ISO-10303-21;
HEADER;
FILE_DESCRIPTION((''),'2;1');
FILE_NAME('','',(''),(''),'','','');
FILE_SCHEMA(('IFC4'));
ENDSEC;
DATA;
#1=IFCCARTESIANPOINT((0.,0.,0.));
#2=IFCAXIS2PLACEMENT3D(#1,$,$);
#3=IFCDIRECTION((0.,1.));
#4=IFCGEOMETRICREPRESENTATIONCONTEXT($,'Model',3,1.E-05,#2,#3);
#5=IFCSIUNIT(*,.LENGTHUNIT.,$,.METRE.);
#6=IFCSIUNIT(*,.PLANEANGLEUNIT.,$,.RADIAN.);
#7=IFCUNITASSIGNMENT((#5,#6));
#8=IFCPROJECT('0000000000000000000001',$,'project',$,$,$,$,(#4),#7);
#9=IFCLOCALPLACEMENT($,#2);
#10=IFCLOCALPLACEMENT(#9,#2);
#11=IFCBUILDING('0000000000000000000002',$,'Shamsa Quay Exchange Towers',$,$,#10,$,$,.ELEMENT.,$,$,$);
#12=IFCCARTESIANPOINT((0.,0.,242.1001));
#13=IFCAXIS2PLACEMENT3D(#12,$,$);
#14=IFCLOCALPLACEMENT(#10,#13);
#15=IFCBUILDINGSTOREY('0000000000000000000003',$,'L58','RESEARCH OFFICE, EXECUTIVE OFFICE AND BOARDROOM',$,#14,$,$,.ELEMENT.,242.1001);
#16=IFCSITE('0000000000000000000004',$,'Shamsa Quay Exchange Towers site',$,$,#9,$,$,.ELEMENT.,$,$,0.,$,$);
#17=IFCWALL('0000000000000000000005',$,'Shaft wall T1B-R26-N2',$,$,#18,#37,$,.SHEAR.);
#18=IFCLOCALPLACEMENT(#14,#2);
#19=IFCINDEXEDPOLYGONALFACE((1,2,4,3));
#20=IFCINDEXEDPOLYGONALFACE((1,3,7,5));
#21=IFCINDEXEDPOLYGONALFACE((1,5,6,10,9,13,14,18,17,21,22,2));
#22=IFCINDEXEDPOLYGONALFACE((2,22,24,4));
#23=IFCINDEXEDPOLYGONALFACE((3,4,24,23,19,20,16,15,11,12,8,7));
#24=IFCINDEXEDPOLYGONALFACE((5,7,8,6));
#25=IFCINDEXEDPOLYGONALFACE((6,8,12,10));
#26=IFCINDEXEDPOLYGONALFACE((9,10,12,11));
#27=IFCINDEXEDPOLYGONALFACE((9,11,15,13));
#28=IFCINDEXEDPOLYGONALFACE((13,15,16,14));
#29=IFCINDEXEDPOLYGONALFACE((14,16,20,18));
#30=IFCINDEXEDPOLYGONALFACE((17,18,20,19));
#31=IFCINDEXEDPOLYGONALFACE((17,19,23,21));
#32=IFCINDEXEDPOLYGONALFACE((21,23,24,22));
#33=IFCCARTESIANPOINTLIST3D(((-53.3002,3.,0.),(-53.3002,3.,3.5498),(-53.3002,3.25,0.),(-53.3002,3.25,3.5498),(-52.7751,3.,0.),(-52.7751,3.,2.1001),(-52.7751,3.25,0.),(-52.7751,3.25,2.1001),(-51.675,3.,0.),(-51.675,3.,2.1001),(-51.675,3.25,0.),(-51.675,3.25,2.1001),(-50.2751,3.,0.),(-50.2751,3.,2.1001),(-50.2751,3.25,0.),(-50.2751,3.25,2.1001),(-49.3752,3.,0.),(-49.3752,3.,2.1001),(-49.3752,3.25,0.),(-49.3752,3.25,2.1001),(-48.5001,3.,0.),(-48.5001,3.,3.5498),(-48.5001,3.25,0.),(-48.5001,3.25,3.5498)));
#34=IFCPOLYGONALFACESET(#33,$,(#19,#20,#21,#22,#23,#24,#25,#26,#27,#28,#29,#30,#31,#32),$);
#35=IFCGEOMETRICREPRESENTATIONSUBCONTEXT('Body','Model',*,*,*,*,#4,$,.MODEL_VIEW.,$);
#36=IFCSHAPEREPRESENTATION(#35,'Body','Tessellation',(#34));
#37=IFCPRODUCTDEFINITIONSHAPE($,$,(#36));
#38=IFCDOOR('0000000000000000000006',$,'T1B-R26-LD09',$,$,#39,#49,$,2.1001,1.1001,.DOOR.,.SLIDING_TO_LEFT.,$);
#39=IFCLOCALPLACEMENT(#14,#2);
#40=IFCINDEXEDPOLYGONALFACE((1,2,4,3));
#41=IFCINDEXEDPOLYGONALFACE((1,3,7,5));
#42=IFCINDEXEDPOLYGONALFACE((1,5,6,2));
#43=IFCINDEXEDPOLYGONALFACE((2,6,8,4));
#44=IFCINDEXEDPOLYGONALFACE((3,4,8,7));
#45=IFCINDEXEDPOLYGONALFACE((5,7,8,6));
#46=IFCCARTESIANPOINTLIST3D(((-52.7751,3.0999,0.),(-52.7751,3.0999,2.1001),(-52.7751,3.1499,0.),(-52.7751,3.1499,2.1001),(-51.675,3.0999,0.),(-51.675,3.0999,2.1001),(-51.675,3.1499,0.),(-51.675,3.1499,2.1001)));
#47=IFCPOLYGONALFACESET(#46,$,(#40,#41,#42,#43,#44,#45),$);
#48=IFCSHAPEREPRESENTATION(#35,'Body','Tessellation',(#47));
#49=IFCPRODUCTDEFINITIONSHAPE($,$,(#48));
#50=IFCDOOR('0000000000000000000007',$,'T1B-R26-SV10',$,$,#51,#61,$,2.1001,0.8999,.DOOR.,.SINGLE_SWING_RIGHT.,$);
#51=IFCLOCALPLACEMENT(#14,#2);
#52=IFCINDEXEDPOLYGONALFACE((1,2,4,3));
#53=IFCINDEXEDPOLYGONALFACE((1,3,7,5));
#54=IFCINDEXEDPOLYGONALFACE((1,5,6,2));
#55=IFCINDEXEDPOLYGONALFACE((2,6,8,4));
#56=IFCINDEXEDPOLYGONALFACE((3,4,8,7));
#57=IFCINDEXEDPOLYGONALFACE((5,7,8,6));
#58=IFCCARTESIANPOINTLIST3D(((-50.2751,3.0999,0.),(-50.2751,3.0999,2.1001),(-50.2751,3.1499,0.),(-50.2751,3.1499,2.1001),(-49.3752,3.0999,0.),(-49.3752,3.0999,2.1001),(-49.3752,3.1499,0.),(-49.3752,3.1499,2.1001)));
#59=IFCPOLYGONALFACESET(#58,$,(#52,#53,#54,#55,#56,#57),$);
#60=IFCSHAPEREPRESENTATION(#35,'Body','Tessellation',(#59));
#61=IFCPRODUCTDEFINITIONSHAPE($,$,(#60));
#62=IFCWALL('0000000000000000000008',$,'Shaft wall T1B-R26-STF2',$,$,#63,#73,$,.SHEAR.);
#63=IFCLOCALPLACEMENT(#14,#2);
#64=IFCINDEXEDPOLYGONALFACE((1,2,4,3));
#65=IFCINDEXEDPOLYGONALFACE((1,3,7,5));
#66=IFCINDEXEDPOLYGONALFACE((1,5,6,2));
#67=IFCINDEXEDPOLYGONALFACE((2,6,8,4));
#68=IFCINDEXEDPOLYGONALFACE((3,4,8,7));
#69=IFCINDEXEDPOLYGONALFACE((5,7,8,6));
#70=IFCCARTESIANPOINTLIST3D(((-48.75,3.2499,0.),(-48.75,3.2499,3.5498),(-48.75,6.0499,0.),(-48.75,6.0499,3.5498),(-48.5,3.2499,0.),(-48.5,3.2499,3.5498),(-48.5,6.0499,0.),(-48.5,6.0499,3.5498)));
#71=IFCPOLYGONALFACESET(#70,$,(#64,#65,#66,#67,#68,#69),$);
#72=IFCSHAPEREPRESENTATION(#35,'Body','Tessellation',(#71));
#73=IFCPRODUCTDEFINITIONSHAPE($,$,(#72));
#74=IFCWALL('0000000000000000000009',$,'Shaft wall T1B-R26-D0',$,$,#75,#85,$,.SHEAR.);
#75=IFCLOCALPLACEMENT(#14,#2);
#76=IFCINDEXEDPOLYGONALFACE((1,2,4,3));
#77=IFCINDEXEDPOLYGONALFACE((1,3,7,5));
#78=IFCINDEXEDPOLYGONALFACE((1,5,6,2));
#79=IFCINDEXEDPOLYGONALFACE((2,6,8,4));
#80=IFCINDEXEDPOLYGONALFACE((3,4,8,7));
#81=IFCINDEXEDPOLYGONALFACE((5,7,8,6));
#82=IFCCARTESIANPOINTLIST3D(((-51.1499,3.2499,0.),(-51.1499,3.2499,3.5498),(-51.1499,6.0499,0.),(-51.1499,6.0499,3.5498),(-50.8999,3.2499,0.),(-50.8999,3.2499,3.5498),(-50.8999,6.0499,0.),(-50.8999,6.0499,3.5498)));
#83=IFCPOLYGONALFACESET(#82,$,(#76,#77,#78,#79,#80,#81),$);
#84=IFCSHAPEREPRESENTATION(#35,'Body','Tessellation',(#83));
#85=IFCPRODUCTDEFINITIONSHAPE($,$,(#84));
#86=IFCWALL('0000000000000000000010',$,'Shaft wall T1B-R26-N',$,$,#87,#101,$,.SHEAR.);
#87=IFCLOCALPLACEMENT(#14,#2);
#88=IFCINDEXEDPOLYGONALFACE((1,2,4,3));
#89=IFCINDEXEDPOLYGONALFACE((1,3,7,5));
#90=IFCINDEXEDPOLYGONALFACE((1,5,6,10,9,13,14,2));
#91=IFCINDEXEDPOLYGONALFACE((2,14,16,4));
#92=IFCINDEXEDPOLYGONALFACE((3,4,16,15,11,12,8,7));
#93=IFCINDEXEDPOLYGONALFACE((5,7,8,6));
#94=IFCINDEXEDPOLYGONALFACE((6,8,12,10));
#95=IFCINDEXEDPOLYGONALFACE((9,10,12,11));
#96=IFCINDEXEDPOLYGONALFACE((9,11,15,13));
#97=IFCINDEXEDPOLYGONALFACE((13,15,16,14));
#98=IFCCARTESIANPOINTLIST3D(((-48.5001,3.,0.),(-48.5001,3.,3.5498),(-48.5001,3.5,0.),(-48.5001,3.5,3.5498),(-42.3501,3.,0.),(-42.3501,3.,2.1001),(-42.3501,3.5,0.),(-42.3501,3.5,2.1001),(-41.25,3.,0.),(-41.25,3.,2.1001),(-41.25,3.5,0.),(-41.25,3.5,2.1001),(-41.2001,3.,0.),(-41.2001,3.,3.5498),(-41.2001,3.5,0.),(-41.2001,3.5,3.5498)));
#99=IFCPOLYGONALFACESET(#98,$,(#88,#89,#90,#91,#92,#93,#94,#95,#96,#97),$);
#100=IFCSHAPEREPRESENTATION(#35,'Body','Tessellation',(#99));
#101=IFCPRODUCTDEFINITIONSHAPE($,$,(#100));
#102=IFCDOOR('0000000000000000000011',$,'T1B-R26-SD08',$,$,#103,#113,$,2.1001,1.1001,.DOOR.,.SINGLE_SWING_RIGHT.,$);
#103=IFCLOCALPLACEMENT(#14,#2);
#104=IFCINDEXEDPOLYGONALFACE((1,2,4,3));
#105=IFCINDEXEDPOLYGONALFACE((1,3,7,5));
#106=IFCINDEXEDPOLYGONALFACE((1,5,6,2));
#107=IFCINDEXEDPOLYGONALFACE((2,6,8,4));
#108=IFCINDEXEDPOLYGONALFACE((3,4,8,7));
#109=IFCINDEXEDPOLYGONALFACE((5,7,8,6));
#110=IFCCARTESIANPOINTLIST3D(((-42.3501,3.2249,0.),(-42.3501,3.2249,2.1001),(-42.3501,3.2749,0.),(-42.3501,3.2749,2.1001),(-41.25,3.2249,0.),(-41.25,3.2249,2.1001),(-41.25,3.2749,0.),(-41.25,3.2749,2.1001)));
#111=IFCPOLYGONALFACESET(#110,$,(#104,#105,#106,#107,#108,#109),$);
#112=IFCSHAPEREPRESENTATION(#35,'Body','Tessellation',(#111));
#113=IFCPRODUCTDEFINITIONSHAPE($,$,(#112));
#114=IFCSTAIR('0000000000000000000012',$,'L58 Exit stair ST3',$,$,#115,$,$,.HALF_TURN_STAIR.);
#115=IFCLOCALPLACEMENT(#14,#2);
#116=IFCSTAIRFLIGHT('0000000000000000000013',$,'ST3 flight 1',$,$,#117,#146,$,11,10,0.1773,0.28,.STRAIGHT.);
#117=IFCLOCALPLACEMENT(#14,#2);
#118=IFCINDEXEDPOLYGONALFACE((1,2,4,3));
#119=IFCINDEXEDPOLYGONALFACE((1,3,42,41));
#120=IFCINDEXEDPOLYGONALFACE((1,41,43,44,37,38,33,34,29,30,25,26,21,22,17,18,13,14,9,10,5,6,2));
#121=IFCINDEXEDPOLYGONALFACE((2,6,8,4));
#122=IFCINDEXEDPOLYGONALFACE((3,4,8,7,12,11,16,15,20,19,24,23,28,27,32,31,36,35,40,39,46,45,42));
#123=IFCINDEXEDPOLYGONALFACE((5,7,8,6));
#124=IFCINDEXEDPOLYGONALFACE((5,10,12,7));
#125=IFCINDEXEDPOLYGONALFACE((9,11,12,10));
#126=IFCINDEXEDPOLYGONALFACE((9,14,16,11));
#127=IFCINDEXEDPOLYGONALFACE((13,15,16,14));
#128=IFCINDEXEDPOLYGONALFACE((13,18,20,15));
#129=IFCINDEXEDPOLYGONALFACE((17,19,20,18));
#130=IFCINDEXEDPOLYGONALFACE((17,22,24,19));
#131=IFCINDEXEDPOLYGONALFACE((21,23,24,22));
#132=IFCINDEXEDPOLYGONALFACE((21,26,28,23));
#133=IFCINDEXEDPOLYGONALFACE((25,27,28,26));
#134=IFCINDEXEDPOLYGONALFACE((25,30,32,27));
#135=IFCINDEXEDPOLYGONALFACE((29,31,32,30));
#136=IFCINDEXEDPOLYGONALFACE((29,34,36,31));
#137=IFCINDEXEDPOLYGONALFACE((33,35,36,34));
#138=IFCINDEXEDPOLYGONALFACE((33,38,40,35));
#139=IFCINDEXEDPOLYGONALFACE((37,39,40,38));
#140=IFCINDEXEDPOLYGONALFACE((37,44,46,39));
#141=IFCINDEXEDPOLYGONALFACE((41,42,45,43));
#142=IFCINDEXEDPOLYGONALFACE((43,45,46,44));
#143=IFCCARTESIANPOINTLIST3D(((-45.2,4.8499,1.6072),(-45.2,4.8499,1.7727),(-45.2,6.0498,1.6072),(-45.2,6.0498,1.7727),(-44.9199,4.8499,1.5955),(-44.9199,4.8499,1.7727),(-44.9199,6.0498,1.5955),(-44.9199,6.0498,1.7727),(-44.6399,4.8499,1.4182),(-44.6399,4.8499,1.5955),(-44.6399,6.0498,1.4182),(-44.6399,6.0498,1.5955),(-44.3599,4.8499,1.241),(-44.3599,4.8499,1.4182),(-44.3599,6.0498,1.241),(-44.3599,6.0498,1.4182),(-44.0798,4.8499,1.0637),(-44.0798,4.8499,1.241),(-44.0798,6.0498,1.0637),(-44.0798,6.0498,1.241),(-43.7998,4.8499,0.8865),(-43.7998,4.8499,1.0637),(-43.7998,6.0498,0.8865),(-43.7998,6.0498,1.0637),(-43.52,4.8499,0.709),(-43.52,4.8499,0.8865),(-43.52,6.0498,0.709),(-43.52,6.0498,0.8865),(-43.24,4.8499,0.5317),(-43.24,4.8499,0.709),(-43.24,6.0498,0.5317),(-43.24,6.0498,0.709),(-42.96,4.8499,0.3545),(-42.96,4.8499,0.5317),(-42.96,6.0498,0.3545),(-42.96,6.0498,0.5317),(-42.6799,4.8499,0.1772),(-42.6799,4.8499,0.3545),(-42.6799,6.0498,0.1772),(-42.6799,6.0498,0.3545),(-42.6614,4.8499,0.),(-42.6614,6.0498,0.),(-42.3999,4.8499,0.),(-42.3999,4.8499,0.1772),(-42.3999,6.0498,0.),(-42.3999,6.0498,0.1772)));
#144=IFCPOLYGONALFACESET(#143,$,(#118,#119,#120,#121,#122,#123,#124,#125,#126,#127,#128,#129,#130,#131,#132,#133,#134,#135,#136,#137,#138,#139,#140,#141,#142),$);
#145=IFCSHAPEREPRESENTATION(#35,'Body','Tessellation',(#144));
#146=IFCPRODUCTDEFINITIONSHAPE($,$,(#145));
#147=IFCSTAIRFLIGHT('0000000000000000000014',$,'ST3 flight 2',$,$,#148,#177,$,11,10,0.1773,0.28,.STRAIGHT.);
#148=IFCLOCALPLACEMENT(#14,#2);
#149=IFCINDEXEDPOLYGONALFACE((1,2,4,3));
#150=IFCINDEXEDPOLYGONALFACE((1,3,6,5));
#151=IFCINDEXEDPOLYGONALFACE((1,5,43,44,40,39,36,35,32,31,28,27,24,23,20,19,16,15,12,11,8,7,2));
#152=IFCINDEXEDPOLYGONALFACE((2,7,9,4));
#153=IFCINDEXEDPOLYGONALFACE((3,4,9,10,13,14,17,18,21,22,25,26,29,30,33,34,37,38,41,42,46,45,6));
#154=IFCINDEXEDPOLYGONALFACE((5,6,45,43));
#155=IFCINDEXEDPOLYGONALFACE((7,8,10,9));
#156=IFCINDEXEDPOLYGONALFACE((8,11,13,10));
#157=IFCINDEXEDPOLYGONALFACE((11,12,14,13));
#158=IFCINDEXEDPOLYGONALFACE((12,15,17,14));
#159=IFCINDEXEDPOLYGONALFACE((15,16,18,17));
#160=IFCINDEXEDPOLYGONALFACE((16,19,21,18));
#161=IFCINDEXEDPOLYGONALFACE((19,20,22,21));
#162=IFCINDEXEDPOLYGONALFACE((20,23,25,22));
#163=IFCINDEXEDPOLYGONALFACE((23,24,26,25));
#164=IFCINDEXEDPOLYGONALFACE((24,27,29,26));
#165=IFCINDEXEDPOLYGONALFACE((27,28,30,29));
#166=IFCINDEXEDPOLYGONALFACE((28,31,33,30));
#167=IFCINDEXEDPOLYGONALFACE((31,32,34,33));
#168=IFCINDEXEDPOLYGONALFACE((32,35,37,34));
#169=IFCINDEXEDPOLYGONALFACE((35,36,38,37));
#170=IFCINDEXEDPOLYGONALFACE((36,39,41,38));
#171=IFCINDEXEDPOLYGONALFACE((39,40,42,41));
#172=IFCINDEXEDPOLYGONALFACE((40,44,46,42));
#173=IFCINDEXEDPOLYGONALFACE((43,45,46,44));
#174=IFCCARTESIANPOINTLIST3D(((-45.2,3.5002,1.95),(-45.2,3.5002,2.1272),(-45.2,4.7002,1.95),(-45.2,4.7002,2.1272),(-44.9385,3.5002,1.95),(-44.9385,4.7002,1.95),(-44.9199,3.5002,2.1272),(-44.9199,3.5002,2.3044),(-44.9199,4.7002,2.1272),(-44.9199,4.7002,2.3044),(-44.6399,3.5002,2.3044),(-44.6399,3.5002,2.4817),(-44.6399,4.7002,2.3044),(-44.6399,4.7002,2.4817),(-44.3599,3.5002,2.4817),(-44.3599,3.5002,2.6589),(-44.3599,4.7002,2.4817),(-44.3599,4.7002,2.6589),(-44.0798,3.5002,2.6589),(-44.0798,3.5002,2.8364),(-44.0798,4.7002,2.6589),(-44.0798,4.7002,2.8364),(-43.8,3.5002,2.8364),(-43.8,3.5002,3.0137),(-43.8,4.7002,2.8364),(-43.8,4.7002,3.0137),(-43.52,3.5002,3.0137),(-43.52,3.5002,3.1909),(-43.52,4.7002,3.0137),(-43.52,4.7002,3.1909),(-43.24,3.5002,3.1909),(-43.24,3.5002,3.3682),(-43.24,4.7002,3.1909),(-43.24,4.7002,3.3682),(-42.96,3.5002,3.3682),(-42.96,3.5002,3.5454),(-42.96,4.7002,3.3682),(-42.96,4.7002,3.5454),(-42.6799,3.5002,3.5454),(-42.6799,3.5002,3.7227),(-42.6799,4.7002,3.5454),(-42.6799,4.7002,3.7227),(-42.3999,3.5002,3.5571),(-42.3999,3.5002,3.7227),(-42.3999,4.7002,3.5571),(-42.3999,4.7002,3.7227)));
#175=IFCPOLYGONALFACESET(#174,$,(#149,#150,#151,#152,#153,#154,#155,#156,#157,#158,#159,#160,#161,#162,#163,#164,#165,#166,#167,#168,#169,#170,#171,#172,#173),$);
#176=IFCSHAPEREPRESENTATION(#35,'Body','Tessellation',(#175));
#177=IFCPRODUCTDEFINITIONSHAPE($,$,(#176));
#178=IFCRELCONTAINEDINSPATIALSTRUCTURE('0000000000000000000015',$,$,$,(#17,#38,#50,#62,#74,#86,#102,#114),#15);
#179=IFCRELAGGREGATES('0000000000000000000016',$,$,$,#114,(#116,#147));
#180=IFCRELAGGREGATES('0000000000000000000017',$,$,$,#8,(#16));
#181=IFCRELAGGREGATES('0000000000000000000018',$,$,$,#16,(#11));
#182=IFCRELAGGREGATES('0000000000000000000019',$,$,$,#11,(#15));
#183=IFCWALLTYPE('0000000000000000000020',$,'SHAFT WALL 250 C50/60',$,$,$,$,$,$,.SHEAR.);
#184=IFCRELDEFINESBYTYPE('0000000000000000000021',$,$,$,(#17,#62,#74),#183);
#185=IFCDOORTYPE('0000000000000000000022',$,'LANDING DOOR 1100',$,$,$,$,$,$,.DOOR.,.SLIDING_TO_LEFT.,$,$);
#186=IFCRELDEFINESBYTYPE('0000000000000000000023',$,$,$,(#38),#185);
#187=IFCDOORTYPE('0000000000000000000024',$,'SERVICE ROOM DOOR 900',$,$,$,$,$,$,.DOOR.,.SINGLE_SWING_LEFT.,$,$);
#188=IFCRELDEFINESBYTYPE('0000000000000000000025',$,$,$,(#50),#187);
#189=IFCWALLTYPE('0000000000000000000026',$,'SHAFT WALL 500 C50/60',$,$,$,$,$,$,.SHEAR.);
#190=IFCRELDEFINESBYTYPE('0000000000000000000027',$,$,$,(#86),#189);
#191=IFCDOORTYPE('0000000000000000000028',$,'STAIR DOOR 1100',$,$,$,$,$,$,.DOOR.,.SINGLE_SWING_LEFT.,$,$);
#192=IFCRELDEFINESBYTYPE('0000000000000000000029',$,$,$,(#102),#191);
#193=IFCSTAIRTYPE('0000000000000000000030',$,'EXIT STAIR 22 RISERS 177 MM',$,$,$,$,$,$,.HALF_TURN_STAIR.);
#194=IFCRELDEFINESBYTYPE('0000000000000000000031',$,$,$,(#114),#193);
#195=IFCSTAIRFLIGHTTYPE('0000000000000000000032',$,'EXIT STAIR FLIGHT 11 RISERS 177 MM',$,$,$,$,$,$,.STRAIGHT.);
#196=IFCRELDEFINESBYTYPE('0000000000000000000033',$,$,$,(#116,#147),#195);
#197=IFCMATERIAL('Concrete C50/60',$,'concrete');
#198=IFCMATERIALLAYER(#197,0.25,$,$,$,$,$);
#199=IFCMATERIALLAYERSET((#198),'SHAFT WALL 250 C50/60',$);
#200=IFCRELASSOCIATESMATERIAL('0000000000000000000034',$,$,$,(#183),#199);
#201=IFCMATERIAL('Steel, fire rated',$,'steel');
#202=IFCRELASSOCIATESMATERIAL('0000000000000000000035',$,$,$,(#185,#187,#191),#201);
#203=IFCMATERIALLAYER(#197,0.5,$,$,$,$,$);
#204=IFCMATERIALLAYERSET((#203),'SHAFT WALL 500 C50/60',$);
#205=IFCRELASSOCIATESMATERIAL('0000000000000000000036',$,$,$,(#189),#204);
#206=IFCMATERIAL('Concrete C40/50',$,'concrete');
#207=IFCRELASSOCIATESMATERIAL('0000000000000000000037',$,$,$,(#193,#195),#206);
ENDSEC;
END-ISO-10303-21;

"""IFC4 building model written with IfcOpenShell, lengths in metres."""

from ifc_helpers import new_model, si_unit, direction, frame, frame_2d, origin, place, context, subcontext, project, spatial, polyline, rectangle, outline, extrude, material, layer, layer_set, type_object, element, fill, aggregate, save


model = new_model("IFC4")

# Units and contexts
model_context = context("Model", 3, precision=1e-05, world=origin(), true_north=direction((0.0, 1.0)))
body_context = subcontext(model_context, "Body", "Model", "MODEL_VIEW")
ifc_project = project(units=[si_unit("LENGTHUNIT", "METRE"), si_unit("PLANEANGLEUNIT", "RADIAN")], contexts=[model_context])

# Site, building, storey
site_placement = place(None, origin())
site = spatial("IfcSite", under=ifc_project, at=site_placement, Name="Shamsa Quay Exchange Towers site", CompositionType="ELEMENT", RefElevation=0.0)
building_placement = place(site_placement, origin())
building = spatial("IfcBuilding", under=site, at=building_placement, Name="Shamsa Quay Exchange Towers", CompositionType="ELEMENT")
storey_placement = place(building_placement, frame((0.0, 0.0, 242.1001)))
storey = spatial("IfcBuildingStorey", under=building, at=storey_placement, Name="L58", Description="RESEARCH OFFICE, EXECUTIVE OFFICE AND BOARDROOM", CompositionType="ELEMENT", Elevation=242.1001)

# Wall, openings, doors
ifc_material_1 = material(Name="Concrete C50/60", Category="concrete")
ifc_layer_1 = layer(ifc_material_1, 0.25)
ifc_layer_set_1 = layer_set([ifc_layer_1], Name="SHAFT WALL 250 C50/60")
wall_type_1 = type_object("IfcWallType", Name="SHAFT WALL 250 C50/60", PredefinedType="SHEAR", material=ifc_layer_set_1)
wall_1_placement = place(storey_placement, frame((-53.3, 3.125, 0.0)))
wall_1 = element("IfcWall", 1, at=wall_1_placement, inside=storey, type_object=wall_type_1, Name="Shaft wall T1B-R26-N2", PredefinedType="SHEAR", context=body_context, shape_type="SweptSolid", body=[
    extrude(rectangle(XDim=4.8, YDim=0.25, at=frame_2d((2.3999, 0.0))), origin(), (0.0, 0.0, 1.0), 3.5498),
])
opening_1_placement = place(wall_1_placement, frame((0.5249, 0.0, 0.0)))
opening_1 = element("IfcOpeningElement", 2, at=opening_1_placement, cuts=wall_1, PredefinedType="OPENING", context=body_context, shape_type="SweptSolid", body=[
    extrude(rectangle(XDim=1.1001, YDim=2.1001, at=frame_2d((0.55, 1.05))), frame((0.0, 0.135, 0.0), z_axis=(0.0, -1.0, 0.0), x_axis=(1.0, 0.0, 0.0)), (0.0, 0.0, 1.0), 0.27),
])
opening_2_placement = place(wall_1_placement, frame((3.0249, 0.0, 0.0)))
opening_2 = element("IfcOpeningElement", 3, at=opening_2_placement, cuts=wall_1, PredefinedType="OPENING", context=body_context, shape_type="SweptSolid", body=[
    extrude(rectangle(XDim=0.8999, YDim=2.1001, at=frame_2d((0.45, 1.05))), frame((0.0, 0.135, 0.0), z_axis=(0.0, -1.0, 0.0), x_axis=(1.0, 0.0, 0.0)), (0.0, 0.0, 1.0), 0.27),
])
ifc_material_2 = material(Name="Steel, fire rated", Category="steel")
door_type_1 = type_object("IfcDoorType", Name="LANDING DOOR 1100", OperationType="SLIDING_TO_LEFT", PredefinedType="DOOR", material=ifc_material_2)
door_1_placement = place(opening_1_placement, origin())
door_1 = element("IfcDoor", 4, at=door_1_placement, inside=storey, type_object=door_type_1, Name="T1B-R26-LD09", OperationType="SLIDING_TO_LEFT", OverallHeight=2.1001, OverallWidth=1.1001, PredefinedType="DOOR", context=body_context, shape_type="SweptSolid", body=[
    extrude(rectangle(XDim=1.1001, YDim=2.1001, at=frame_2d((0.55, 1.05))), frame((0.0, 0.0249, 0.0), z_axis=(0.0, -1.0, 0.0), x_axis=(1.0, 0.0, 0.0)), (0.0, 0.0, 1.0), 0.05),
])
fill(opening_1, door_1)
door_type_2 = type_object("IfcDoorType", Name="SERVICE ROOM DOOR 900", OperationType="SINGLE_SWING_LEFT", PredefinedType="DOOR", material=ifc_material_2)
door_2_placement = place(opening_2_placement, origin())
door_2 = element("IfcDoor", 5, at=door_2_placement, inside=storey, type_object=door_type_2, Name="T1B-R26-SV10", OperationType="SINGLE_SWING_RIGHT", OverallHeight=2.1001, OverallWidth=0.8999, PredefinedType="DOOR", context=body_context, shape_type="SweptSolid", body=[
    extrude(rectangle(XDim=0.8999, YDim=2.1001, at=frame_2d((0.45, 1.05))), frame((0.0, 0.0249, 0.0), z_axis=(0.0, -1.0, 0.0), x_axis=(1.0, 0.0, 0.0)), (0.0, 0.0, 1.0), 0.05),
])
fill(opening_2, door_2)

# Walls
for number, where, z_axis, x_axis, name in (
    (6, (-48.625, 3.25, 0.0), (0.0, 0.0, 1.0), (0.0, 1.0, 0.0), "Shaft wall T1B-R26-STF2"),
    (7, (-51.0249, 3.25, 0.0), (0.0, 0.0, 1.0), (0.0, 1.0, 0.0), "Shaft wall T1B-R26-D0"),
):
    element("IfcWall", number, at=place(storey_placement, frame(where, z_axis=z_axis, x_axis=x_axis)), inside=storey, type_object=wall_type_1, Name=name, PredefinedType="SHEAR", context=body_context, shape_type="SweptSolid", body=[
        extrude(rectangle(XDim=2.8, YDim=0.25, at=frame_2d((1.3999, 0.0))), origin(), (0.0, 0.0, 1.0), 3.5498),
    ])

# Wall, opening, door
ifc_layer_2 = layer(ifc_material_1, 0.5)
ifc_layer_set_2 = layer_set([ifc_layer_2], Name="SHAFT WALL 500 C50/60")
wall_type_2 = type_object("IfcWallType", Name="SHAFT WALL 500 C50/60", PredefinedType="SHEAR", material=ifc_layer_set_2)
wall_2_placement = place(storey_placement, frame((-48.5, 3.25, 0.0)))
wall_2 = element("IfcWall", 8, at=wall_2_placement, inside=storey, type_object=wall_type_2, Name="Shaft wall T1B-R26-N", PredefinedType="SHEAR", context=body_context, shape_type="SweptSolid", body=[
    extrude(rectangle(XDim=7.3, YDim=0.5, at=frame_2d((3.6499, 0.0))), origin(), (0.0, 0.0, 1.0), 3.5498),
])
opening_3_placement = place(wall_2_placement, frame((6.1499, 0.0, 0.0)))
opening_3 = element("IfcOpeningElement", 9, at=opening_3_placement, cuts=wall_2, PredefinedType="OPENING", context=body_context, shape_type="SweptSolid", body=[
    extrude(rectangle(XDim=1.1001, YDim=2.1001, at=frame_2d((0.55, 1.05))), frame((0.0, 0.26, 0.0), z_axis=(0.0, -1.0, 0.0), x_axis=(1.0, 0.0, 0.0)), (0.0, 0.0, 1.0), 0.52),
])
door_type_3 = type_object("IfcDoorType", Name="STAIR DOOR 1100", OperationType="SINGLE_SWING_LEFT", PredefinedType="DOOR", material=ifc_material_2)
door_3_placement = place(opening_3_placement, origin())
door_3 = element("IfcDoor", 10, at=door_3_placement, inside=storey, type_object=door_type_3, Name="T1B-R26-SD08", OperationType="SINGLE_SWING_RIGHT", OverallHeight=2.1001, OverallWidth=1.1001, PredefinedType="DOOR", context=body_context, shape_type="SweptSolid", body=[
    extrude(rectangle(XDim=1.1001, YDim=2.1001, at=frame_2d((0.55, 1.05))), frame((0.0, 0.0249, 0.0), z_axis=(0.0, -1.0, 0.0), x_axis=(1.0, 0.0, 0.0)), (0.0, 0.0, 1.0), 0.05),
])
fill(opening_3, door_3)

# Stair, stair flights
ifc_material_3 = material(Name="Concrete C40/50", Category="concrete")
stair_type = type_object("IfcStairType", Name="EXIT STAIR 22 RISERS 177 MM", PredefinedType="HALF_TURN_STAIR", material=ifc_material_3)
stair_placement = place(storey_placement, origin())
stair = element("IfcStair", 11, at=stair_placement, inside=storey, type_object=stair_type, Name="L58 Exit stair ST3", PredefinedType="HALF_TURN_STAIR")
stair_flight_type = type_object("IfcStairFlightType", Name="EXIT STAIR FLIGHT 11 RISERS 177 MM", PredefinedType="STRAIGHT", material=ifc_material_3)
stair_flight_1_placement = place(storey_placement, frame((-42.3999, 5.45, 0.0), z_axis=(0.0, 0.0, 1.0), x_axis=(-1.0, 0.0, 0.0)))
stair_flight_1 = element("IfcStairFlight", 12, at=stair_flight_1_placement, type_object=stair_flight_type, Name="ST3 flight 1", NumberOfRisers=11, NumberOfTreads=10, PredefinedType="STRAIGHT", RiserHeight=0.1773, TreadLength=0.28, context=body_context, shape_type="SweptSolid", body=[
    extrude(outline(polyline([(0.0, 0.0), (0.0, 0.1772), (0.28, 0.1772), (0.28, 0.3545), (0.5601, 0.3545), (0.5601, 0.5317), (0.8401, 0.5317), (0.8401, 0.709), (1.1201, 0.709), (1.1201, 0.8865), (1.3999, 0.8865), (1.3999, 1.0637), (1.6799, 1.0637), (1.6799, 1.241), (1.96, 1.241), (1.96, 1.4182), (2.24, 1.4182), (2.24, 1.5955), (2.52, 1.5955), (2.52, 1.7727), (2.8, 1.7727), (2.8, 1.95), (2.8, 1.6072), (0.2615, 0.0), (0.0, 0.0)])), frame((0.0, 0.6001, 0.0), z_axis=(0.0, -1.0, 0.0), x_axis=(1.0, 0.0, 0.0)), (0.0, 0.0, 1.0), 1.2),
])
stair_flight_2_placement = place(storey_placement, frame((-45.2, 4.1001, 1.95)))
stair_flight_2 = element("IfcStairFlight", 13, at=stair_flight_2_placement, type_object=stair_flight_type, Name="ST3 flight 2", NumberOfRisers=11, NumberOfTreads=10, PredefinedType="STRAIGHT", RiserHeight=0.1773, TreadLength=0.28, context=body_context, shape_type="SweptSolid", body=[
    extrude(outline(polyline([(0.0, 0.0), (0.0, 0.1772), (0.28, 0.1772), (0.28, 0.3545), (0.5601, 0.3545), (0.5601, 0.5317), (0.8401, 0.5317), (0.8401, 0.709), (1.1201, 0.709), (1.1201, 0.8865), (1.3999, 0.8865), (1.3999, 1.0637), (1.6799, 1.0637), (1.6799, 1.241), (1.96, 1.241), (1.96, 1.4182), (2.24, 1.4182), (2.24, 1.5955), (2.52, 1.5955), (2.52, 1.7727), (2.8, 1.7727), (2.8, 1.95), (2.8, 1.6072), (0.2615, 0.0), (0.0, 0.0)])), frame((0.0, 0.6001, 0.0), z_axis=(0.0, -1.0, 0.0), x_axis=(1.0, 0.0, 0.0)), (0.0, 0.0, 1.0), 1.2),
])
aggregate(stair, [stair_flight_1, stair_flight_2])

save(model, "model.ifc")
